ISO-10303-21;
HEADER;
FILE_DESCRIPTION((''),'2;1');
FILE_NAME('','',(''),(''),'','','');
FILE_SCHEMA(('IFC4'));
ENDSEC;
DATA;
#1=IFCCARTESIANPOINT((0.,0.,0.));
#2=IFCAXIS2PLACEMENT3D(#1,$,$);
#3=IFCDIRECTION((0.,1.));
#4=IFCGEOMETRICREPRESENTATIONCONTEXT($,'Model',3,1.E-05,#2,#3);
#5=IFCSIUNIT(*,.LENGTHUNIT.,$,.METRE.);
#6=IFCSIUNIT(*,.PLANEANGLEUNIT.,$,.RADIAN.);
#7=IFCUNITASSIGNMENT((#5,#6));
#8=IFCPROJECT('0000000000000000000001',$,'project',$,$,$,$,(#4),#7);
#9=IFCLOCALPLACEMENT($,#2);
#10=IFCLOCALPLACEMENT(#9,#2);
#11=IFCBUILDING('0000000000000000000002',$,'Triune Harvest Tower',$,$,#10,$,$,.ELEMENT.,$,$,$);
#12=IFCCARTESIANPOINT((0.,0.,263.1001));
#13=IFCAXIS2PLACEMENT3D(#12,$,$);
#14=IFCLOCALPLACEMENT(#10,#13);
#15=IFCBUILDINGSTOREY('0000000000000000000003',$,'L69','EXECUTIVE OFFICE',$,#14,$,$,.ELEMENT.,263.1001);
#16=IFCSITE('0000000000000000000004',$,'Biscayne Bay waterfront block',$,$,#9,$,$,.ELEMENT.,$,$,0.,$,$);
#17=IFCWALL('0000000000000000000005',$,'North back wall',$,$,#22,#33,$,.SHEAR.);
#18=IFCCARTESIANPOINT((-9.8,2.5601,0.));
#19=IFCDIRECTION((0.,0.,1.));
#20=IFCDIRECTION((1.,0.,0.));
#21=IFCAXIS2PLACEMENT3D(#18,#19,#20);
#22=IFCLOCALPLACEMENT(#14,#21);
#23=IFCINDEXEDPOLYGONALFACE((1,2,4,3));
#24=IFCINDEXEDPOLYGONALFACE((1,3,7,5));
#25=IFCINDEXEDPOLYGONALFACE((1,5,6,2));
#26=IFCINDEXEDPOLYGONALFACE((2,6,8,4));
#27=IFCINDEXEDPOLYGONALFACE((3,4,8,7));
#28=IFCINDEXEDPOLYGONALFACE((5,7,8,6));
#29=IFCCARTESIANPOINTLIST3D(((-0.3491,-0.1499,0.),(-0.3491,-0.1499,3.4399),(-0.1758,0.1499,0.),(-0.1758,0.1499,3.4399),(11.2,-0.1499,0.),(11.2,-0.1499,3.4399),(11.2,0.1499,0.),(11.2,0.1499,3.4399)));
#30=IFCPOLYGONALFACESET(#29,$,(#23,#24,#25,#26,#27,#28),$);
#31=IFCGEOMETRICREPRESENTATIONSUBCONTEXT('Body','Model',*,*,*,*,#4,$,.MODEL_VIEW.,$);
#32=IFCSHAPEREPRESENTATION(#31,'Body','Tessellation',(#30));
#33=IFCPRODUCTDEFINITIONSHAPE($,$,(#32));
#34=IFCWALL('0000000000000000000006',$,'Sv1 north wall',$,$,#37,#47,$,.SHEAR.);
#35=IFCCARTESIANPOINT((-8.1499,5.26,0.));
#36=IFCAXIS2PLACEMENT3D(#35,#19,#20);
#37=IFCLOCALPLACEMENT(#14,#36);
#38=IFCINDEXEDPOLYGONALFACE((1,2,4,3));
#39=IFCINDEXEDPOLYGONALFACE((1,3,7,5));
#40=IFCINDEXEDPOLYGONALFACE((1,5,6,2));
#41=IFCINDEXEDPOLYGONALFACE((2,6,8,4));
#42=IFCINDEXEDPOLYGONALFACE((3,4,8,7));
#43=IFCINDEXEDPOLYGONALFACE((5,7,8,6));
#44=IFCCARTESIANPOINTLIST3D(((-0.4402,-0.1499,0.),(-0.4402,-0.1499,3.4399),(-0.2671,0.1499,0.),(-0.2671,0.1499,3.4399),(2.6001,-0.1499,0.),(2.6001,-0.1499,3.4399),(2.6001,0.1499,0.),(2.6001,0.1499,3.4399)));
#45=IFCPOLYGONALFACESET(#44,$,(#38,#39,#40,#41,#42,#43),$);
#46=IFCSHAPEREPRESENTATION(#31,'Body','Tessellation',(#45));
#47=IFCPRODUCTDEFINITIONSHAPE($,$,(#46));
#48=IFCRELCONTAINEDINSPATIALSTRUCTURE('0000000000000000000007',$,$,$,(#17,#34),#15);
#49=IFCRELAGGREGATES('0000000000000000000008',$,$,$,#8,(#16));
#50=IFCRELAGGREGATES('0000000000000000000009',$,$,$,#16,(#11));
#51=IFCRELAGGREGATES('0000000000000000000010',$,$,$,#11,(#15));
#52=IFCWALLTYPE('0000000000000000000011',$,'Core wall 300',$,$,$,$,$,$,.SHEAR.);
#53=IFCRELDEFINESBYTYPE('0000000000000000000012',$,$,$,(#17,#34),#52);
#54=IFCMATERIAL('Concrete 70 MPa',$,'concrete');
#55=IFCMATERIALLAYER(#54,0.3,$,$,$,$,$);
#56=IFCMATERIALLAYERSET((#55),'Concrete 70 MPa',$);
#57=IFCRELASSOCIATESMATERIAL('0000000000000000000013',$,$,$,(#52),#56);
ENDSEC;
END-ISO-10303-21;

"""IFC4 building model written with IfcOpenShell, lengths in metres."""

from ifc_helpers import new_model, si_unit, direction, frame, origin, place, context, subcontext, project, spatial, polyline, outline, extrude, source, transform, mapped, material, layer, layer_set, type_object, element, save


model = new_model("IFC4")

# Units and contexts
model_context = context("Model", 3, precision=1e-05, world=origin(), true_north=direction((0.0, 1.0)))
body_context = subcontext(model_context, "Body", "Model", "MODEL_VIEW")
ifc_project = project(units=[si_unit("LENGTHUNIT", "METRE"), si_unit("PLANEANGLEUNIT", "RADIAN")], contexts=[model_context])

# Site, building, storey
site_placement = place(None, origin())
site = spatial("IfcSite", under=ifc_project, at=site_placement, Name="Biscayne Bay waterfront block", CompositionType="ELEMENT", RefElevation=0.0)
building_placement = place(site_placement, origin())
building = spatial("IfcBuilding", under=site, at=building_placement, Name="Triune Harvest Tower", CompositionType="ELEMENT")
storey_placement = place(building_placement, frame((0.0, 0.0, 263.1001)))
storey = spatial("IfcBuildingStorey", under=building, at=storey_placement, Name="L69", Description="EXECUTIVE OFFICE", CompositionType="ELEMENT", Elevation=263.1001)

# Wall
ifc_material_1 = material(Name="Concrete 70 MPa", Category="concrete")
ifc_layer_1 = layer(ifc_material_1, 0.3)
ifc_layer_set_1 = layer_set([ifc_layer_1], Name="Concrete 70 MPa")
wall_type_1 = type_object("IfcWallType", Name="Core wall 300", PredefinedType="SHEAR", material=ifc_layer_set_1)
shared_shape_1 = source(origin(), body_context, "Body", "SweptSolid", [
    extrude(outline(polyline([(11.2, -0.1499), (-0.3491, -0.1499), (-0.1758, 0.1499), (11.2, 0.1499), (11.2, -0.1499)])), origin(), (0.0, 0.0, 1.0), 3.4399),
])
wall_1_placement = place(storey_placement, frame((-9.8, 2.5601, 0.0), z_axis=(0.0, 0.0, 1.0), x_axis=(1.0, 0.0, 0.0)))
element("IfcWall", 1, at=wall_1_placement, inside=storey, type_object=wall_type_1, Name="North back wall", PredefinedType="SHEAR", context=body_context, shape_type="MappedRepresentation", body=[
    mapped(shared_shape_1, transform((0.0, 0.0, 0.0), scale=1.0)),
])

# Wall
shared_shape_2 = source(origin(), body_context, "Body", "SweptSolid", [
    extrude(outline(polyline([(2.6001, -0.1499), (-0.4402, -0.1499), (-0.2671, 0.1499), (2.6001, 0.1499), (2.6001, -0.1499)])), origin(), (0.0, 0.0, 1.0), 3.4399),
])
wall_2_placement = place(storey_placement, frame((-8.1499, 5.26, 0.0), z_axis=(0.0, 0.0, 1.0), x_axis=(1.0, 0.0, 0.0)))
element("IfcWall", 2, at=wall_2_placement, inside=storey, type_object=wall_type_1, Name="Sv1 north wall", PredefinedType="SHEAR", context=body_context, shape_type="MappedRepresentation", body=[
    mapped(shared_shape_2, transform((0.0, 0.0, 0.0), scale=1.0)),
])

save(model, "model.ifc")
